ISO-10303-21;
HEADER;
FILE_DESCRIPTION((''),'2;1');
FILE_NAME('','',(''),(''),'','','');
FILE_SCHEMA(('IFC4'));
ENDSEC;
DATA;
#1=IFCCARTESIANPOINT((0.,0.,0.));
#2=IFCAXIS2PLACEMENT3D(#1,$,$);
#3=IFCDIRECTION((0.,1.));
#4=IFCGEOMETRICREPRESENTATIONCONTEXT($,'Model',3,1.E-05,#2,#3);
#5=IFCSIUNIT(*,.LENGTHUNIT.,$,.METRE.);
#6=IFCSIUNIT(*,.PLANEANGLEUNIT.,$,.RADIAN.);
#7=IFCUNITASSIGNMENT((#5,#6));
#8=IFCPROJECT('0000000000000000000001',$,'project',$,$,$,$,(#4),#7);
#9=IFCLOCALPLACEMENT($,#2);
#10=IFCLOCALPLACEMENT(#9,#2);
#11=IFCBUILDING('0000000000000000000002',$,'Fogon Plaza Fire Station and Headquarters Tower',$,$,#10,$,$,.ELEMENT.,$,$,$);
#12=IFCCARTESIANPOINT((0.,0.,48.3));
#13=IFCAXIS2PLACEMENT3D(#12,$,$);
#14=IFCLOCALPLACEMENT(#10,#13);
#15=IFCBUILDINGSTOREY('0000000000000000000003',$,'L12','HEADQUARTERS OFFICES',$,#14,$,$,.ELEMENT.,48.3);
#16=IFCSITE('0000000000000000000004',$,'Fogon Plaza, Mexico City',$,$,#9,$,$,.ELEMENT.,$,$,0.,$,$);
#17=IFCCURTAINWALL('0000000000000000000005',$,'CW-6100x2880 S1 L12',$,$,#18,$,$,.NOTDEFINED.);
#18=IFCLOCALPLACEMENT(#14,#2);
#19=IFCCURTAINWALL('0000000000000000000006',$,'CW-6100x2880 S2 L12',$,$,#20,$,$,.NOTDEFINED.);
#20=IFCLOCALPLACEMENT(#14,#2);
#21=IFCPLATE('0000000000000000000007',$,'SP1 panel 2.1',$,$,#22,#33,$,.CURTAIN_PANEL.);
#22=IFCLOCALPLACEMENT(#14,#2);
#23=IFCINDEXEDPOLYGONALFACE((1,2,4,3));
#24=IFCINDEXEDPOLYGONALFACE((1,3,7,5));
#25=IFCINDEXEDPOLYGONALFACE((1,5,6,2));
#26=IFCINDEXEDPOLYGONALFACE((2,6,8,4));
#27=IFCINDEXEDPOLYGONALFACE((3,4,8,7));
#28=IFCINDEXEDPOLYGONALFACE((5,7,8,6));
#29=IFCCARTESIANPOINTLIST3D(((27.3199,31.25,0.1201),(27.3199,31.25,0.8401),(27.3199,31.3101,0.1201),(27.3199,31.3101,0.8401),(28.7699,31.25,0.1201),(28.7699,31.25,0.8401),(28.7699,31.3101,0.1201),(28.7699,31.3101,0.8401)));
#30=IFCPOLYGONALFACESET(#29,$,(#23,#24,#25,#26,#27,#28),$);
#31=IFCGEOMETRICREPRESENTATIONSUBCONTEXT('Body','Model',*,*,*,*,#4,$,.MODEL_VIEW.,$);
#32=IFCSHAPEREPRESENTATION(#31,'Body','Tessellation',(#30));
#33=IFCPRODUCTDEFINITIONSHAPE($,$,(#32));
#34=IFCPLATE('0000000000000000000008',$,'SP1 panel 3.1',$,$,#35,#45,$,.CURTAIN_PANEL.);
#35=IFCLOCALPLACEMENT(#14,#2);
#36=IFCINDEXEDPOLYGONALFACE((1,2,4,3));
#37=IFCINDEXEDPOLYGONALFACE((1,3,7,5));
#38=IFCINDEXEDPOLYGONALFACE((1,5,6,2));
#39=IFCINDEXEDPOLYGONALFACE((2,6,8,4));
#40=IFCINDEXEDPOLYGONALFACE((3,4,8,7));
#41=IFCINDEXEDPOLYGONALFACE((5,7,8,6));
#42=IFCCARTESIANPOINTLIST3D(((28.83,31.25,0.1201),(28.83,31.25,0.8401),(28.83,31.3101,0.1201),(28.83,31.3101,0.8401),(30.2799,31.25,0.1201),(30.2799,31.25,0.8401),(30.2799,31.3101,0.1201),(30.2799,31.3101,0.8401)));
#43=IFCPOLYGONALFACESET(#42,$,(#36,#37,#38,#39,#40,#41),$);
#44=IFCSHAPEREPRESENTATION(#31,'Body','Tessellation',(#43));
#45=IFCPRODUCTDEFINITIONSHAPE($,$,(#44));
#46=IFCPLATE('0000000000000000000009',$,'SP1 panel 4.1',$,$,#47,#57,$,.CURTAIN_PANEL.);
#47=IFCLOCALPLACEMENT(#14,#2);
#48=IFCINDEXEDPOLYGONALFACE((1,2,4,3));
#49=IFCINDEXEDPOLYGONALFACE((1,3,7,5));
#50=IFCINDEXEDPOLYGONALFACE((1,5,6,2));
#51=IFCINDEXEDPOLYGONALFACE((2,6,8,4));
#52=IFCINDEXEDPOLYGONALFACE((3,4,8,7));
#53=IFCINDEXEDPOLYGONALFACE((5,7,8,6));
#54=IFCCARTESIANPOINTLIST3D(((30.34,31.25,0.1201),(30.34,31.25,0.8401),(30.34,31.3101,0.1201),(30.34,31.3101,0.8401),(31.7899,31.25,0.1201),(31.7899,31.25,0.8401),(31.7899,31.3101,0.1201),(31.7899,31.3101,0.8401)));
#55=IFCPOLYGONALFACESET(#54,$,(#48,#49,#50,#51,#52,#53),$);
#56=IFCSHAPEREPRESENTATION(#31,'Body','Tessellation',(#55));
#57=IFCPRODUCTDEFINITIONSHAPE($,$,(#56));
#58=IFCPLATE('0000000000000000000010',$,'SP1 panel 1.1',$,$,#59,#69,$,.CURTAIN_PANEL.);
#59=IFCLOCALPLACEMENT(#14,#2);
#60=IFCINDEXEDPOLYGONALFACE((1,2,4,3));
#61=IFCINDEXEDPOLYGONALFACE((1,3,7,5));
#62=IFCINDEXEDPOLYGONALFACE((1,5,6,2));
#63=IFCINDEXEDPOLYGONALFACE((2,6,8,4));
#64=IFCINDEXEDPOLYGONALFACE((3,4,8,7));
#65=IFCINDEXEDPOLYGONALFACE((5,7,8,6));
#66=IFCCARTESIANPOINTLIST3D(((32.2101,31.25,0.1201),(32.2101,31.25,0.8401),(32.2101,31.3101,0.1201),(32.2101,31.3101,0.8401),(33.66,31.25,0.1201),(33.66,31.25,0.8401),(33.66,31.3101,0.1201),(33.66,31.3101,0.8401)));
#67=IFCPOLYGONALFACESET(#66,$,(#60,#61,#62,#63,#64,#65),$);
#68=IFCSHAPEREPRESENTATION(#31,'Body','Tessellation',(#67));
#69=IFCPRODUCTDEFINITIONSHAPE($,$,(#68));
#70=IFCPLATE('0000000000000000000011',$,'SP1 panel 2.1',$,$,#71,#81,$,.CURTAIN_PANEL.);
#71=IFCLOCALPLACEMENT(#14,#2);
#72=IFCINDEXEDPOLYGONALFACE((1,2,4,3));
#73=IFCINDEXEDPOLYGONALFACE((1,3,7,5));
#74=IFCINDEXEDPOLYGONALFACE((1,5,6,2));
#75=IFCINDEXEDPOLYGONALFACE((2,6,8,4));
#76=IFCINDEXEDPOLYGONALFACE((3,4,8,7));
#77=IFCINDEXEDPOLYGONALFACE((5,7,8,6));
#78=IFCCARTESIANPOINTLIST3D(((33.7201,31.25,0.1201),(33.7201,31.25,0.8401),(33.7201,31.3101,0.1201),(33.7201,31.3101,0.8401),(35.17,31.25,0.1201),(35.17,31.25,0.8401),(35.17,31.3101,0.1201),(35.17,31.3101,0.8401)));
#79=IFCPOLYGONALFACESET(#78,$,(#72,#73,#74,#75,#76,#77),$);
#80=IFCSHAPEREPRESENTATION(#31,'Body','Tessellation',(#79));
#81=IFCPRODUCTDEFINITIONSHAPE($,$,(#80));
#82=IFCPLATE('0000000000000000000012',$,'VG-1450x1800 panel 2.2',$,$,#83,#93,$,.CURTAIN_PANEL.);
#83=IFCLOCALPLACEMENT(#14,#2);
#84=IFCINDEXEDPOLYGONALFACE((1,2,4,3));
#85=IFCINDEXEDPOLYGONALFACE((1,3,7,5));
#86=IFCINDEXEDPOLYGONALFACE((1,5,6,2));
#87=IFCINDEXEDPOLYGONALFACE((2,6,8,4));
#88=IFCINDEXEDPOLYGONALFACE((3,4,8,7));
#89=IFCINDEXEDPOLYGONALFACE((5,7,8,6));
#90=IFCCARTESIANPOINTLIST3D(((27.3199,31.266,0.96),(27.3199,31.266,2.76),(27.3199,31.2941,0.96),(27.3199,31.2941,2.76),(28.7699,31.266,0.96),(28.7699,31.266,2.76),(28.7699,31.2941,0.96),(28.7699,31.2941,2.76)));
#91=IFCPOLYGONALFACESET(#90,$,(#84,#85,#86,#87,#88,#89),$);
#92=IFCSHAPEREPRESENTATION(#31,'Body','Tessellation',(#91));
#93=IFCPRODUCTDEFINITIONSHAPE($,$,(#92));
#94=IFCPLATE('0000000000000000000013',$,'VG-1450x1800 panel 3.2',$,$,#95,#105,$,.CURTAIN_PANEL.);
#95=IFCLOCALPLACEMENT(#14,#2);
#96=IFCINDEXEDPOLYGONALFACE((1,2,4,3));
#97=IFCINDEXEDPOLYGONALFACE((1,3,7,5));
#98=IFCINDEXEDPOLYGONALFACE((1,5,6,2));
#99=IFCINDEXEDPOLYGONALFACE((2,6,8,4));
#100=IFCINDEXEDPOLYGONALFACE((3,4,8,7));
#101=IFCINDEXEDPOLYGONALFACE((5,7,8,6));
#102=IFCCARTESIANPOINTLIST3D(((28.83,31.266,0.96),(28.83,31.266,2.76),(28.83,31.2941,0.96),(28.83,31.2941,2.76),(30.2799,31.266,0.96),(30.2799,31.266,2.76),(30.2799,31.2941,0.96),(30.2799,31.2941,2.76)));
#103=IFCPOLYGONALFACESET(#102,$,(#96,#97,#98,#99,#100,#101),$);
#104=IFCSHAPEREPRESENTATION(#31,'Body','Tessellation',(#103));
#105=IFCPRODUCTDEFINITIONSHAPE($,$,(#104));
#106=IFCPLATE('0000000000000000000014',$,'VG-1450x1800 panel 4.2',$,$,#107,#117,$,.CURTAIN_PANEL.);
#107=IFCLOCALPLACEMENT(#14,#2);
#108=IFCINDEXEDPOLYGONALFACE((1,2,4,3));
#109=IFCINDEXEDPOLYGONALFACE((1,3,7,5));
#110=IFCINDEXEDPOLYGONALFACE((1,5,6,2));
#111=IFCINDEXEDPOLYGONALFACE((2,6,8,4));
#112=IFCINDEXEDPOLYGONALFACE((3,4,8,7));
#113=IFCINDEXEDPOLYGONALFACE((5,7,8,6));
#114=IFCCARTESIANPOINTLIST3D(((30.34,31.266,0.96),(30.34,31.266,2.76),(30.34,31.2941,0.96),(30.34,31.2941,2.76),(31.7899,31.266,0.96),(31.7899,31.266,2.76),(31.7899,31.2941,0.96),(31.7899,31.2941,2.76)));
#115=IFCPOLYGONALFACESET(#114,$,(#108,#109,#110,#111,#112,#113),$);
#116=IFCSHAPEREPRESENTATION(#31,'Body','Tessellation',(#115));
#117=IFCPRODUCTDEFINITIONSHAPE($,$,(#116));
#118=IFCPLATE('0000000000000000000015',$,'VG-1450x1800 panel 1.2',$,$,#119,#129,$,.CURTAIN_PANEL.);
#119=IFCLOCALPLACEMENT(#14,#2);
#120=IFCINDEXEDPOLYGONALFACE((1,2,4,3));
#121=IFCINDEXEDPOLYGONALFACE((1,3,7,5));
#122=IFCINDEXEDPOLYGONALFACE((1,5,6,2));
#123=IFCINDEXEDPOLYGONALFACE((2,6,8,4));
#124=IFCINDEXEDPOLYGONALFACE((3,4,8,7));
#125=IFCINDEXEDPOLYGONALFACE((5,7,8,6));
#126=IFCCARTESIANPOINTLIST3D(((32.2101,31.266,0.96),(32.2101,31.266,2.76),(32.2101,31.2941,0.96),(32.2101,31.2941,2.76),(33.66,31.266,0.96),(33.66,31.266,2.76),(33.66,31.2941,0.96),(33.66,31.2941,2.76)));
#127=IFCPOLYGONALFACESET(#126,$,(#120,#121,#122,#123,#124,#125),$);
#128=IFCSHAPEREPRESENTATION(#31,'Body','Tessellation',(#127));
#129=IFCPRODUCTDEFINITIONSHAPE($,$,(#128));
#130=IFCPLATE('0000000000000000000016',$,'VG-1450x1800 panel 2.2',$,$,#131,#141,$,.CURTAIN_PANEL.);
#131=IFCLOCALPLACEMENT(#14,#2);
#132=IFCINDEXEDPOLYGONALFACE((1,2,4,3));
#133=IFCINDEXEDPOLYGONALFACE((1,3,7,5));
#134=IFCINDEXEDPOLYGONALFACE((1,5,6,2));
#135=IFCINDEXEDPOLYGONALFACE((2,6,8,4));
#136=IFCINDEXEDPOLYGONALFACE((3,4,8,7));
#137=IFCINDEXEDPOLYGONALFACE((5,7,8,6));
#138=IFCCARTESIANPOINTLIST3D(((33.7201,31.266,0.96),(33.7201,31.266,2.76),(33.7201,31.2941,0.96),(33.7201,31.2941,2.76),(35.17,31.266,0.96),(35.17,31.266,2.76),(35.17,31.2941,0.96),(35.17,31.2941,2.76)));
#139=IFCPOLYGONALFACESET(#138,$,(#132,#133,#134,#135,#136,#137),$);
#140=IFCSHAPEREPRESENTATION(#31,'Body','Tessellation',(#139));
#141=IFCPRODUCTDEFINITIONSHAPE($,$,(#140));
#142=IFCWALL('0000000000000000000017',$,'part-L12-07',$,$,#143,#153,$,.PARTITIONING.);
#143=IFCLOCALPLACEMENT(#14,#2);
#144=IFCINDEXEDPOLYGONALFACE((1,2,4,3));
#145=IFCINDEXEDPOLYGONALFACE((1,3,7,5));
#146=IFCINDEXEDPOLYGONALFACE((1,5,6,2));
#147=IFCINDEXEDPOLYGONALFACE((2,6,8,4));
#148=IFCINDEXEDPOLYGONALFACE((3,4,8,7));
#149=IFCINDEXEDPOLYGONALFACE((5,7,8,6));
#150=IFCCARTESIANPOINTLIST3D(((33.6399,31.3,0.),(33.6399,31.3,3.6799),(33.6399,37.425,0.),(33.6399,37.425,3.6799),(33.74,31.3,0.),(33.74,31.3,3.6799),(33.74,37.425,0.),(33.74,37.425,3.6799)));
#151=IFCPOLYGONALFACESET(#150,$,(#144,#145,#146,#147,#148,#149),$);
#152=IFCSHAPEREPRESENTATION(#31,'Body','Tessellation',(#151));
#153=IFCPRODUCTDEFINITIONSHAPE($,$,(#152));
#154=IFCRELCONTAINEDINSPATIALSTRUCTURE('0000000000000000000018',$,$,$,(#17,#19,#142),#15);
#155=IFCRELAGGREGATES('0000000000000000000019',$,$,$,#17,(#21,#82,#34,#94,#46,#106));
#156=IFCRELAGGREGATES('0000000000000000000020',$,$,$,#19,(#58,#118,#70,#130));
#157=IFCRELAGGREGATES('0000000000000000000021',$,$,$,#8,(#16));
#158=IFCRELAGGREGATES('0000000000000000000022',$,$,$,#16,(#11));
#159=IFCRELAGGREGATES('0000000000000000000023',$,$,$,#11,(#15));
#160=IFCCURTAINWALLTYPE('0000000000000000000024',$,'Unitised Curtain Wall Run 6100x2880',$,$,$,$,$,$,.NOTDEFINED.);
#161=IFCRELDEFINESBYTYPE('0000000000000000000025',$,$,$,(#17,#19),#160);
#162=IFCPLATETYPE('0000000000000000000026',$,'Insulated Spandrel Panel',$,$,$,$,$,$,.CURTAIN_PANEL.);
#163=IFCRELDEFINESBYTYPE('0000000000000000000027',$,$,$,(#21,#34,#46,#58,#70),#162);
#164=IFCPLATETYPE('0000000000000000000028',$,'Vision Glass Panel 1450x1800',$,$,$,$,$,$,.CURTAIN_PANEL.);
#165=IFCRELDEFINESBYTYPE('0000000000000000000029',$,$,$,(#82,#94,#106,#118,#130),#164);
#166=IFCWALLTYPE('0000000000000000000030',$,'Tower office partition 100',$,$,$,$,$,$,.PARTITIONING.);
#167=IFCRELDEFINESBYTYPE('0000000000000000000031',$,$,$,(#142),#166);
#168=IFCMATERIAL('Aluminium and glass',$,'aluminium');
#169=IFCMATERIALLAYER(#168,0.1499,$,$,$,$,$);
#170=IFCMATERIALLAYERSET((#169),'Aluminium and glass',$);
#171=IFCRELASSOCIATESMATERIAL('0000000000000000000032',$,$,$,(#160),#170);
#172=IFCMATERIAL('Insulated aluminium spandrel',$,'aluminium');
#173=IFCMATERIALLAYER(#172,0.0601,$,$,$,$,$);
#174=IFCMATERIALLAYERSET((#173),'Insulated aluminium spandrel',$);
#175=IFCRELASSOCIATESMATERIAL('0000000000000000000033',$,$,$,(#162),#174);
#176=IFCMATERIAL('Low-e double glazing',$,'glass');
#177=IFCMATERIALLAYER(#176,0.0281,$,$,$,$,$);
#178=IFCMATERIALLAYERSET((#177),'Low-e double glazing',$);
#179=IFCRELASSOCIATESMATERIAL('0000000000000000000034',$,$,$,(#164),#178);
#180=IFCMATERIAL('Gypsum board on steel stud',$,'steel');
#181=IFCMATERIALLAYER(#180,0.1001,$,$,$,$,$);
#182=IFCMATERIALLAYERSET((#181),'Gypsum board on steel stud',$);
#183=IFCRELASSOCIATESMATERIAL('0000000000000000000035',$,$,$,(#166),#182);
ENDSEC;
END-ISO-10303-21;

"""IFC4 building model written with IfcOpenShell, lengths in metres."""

from ifc_helpers import new_model, si_unit, direction, frame, frame_2d, origin, origin_2d, place, context, subcontext, project, spatial, rectangle, extrude, material, layer, layer_set, type_object, element, aggregate, save


model = new_model("IFC4")

# Units and contexts
model_context = context("Model", 3, precision=1e-05, world=origin(), true_north=direction((0.0, 1.0)))
body_context = subcontext(model_context, "Body", "Model", "MODEL_VIEW")
ifc_project = project(units=[si_unit("LENGTHUNIT", "METRE"), si_unit("PLANEANGLEUNIT", "RADIAN")], contexts=[model_context])

# Site, building, storey
site_placement = place(None, origin())
site = spatial("IfcSite", under=ifc_project, at=site_placement, Name="Fogon Plaza, Mexico City", CompositionType="ELEMENT", RefElevation=0.0)
building_placement = place(site_placement, origin())
building = spatial("IfcBuilding", under=site, at=building_placement, Name="Fogon Plaza Fire Station and Headquarters Tower", CompositionType="ELEMENT")
storey_placement = place(building_placement, frame((0.0, 0.0, 48.3)))
storey = spatial("IfcBuildingStorey", under=building, at=storey_placement, Name="L12", Description="HEADQUARTERS OFFICES", CompositionType="ELEMENT", Elevation=48.3)

# Curtain walls
ifc_material_1 = material(Name="Aluminium and glass", Category="aluminium")
ifc_layer_1 = layer(ifc_material_1, 0.1499)
ifc_layer_set_1 = layer_set([ifc_layer_1], Name="Aluminium and glass")
curtain_wall_type = type_object("IfcCurtainWallType", Name="Unitised Curtain Wall Run 6100x2880", PredefinedType="NOTDEFINED", material=ifc_layer_set_1)
curtain_wall_1_placement = place(storey_placement, origin())
curtain_wall_1 = element("IfcCurtainWall", 1, at=curtain_wall_1_placement, inside=storey, type_object=curtain_wall_type, Name="CW-6100x2880 S1 L12", PredefinedType="NOTDEFINED")
curtain_wall_2_placement = place(storey_placement, origin())
curtain_wall_2 = element("IfcCurtainWall", 2, at=curtain_wall_2_placement, inside=storey, type_object=curtain_wall_type, Name="CW-6100x2880 S2 L12", PredefinedType="NOTDEFINED")

# Plates
ifc_material_2 = material(Name="Insulated aluminium spandrel", Category="aluminium")
ifc_layer_2 = layer(ifc_material_2, 0.0601)
ifc_layer_set_2 = layer_set([ifc_layer_2], Name="Insulated aluminium spandrel")
plate_type_1 = type_object("IfcPlateType", Name="Insulated Spandrel Panel", PredefinedType="CURTAIN_PANEL", material=ifc_layer_set_2)
plate_1_placement = place(storey_placement, frame((28.0449, 31.28, 0.1201), z_axis=(0.0, 0.0, 1.0), x_axis=(1.0, 0.0, 0.0)))
plate_1 = element("IfcPlate", 3, at=plate_1_placement, type_object=plate_type_1, Name="SP1 panel 2.1", PredefinedType="CURTAIN_PANEL", context=body_context, shape_type="SweptSolid", body=[
    extrude(rectangle(XDim=1.45, YDim=0.0601, at=origin_2d()), origin(), (0.0, 0.0, 1.0), 0.72),
])
plate_2_placement = place(storey_placement, frame((29.5549, 31.28, 0.1201), z_axis=(0.0, 0.0, 1.0), x_axis=(1.0, 0.0, 0.0)))
plate_2 = element("IfcPlate", 4, at=plate_2_placement, type_object=plate_type_1, Name="SP1 panel 3.1", PredefinedType="CURTAIN_PANEL", context=body_context, shape_type="SweptSolid", body=[
    extrude(rectangle(XDim=1.45, YDim=0.0601, at=origin_2d()), origin(), (0.0, 0.0, 1.0), 0.72),
])
plate_3_placement = place(storey_placement, frame((31.0649, 31.28, 0.1201), z_axis=(0.0, 0.0, 1.0), x_axis=(1.0, 0.0, 0.0)))
plate_3 = element("IfcPlate", 5, at=plate_3_placement, type_object=plate_type_1, Name="SP1 panel 4.1", PredefinedType="CURTAIN_PANEL", context=body_context, shape_type="SweptSolid", body=[
    extrude(rectangle(XDim=1.45, YDim=0.0601, at=origin_2d()), origin(), (0.0, 0.0, 1.0), 0.72),
])
plate_4_placement = place(storey_placement, frame((32.9351, 31.28, 0.1201), z_axis=(0.0, 0.0, 1.0), x_axis=(1.0, 0.0, 0.0)))
plate_4 = element("IfcPlate", 6, at=plate_4_placement, type_object=plate_type_1, Name="SP1 panel 1.1", PredefinedType="CURTAIN_PANEL", context=body_context, shape_type="SweptSolid", body=[
    extrude(rectangle(XDim=1.45, YDim=0.0601, at=origin_2d()), origin(), (0.0, 0.0, 1.0), 0.72),
])
plate_5_placement = place(storey_placement, frame((34.4451, 31.28, 0.1201), z_axis=(0.0, 0.0, 1.0), x_axis=(1.0, 0.0, 0.0)))
plate_5 = element("IfcPlate", 7, at=plate_5_placement, type_object=plate_type_1, Name="SP1 panel 2.1", PredefinedType="CURTAIN_PANEL", context=body_context, shape_type="SweptSolid", body=[
    extrude(rectangle(XDim=1.45, YDim=0.0601, at=origin_2d()), origin(), (0.0, 0.0, 1.0), 0.72),
])
ifc_material_3 = material(Name="Low-e double glazing", Category="glass")
ifc_layer_3 = layer(ifc_material_3, 0.0281)
ifc_layer_set_3 = layer_set([ifc_layer_3], Name="Low-e double glazing")
plate_type_2 = type_object("IfcPlateType", Name="Vision Glass Panel 1450x1800", PredefinedType="CURTAIN_PANEL", material=ifc_layer_set_3)
plate_6_placement = place(storey_placement, frame((28.0449, 31.28, 0.96), z_axis=(0.0, 0.0, 1.0), x_axis=(1.0, 0.0, 0.0)))
plate_6 = element("IfcPlate", 8, at=plate_6_placement, type_object=plate_type_2, Name="VG-1450x1800 panel 2.2", PredefinedType="CURTAIN_PANEL", context=body_context, shape_type="SweptSolid", body=[
    extrude(rectangle(XDim=1.45, YDim=0.0281, at=origin_2d()), origin(), (0.0, 0.0, 1.0), 1.8),
])
plate_7_placement = place(storey_placement, frame((29.5549, 31.28, 0.96), z_axis=(0.0, 0.0, 1.0), x_axis=(1.0, 0.0, 0.0)))
plate_7 = element("IfcPlate", 9, at=plate_7_placement, type_object=plate_type_2, Name="VG-1450x1800 panel 3.2", PredefinedType="CURTAIN_PANEL", context=body_context, shape_type="SweptSolid", body=[
    extrude(rectangle(XDim=1.45, YDim=0.0281, at=origin_2d()), origin(), (0.0, 0.0, 1.0), 1.8),
])
plate_8_placement = place(storey_placement, frame((31.0649, 31.28, 0.96), z_axis=(0.0, 0.0, 1.0), x_axis=(1.0, 0.0, 0.0)))
plate_8 = element("IfcPlate", 10, at=plate_8_placement, type_object=plate_type_2, Name="VG-1450x1800 panel 4.2", PredefinedType="CURTAIN_PANEL", context=body_context, shape_type="SweptSolid", body=[
    extrude(rectangle(XDim=1.45, YDim=0.0281, at=origin_2d()), origin(), (0.0, 0.0, 1.0), 1.8),
])
aggregate(curtain_wall_1, [plate_1, plate_6, plate_2, plate_7, plate_3, plate_8])
plate_9_placement = place(storey_placement, frame((32.9351, 31.28, 0.96), z_axis=(0.0, 0.0, 1.0), x_axis=(1.0, 0.0, 0.0)))
plate_9 = element("IfcPlate", 11, at=plate_9_placement, type_object=plate_type_2, Name="VG-1450x1800 panel 1.2", PredefinedType="CURTAIN_PANEL", context=body_context, shape_type="SweptSolid", body=[
    extrude(rectangle(XDim=1.45, YDim=0.0281, at=origin_2d()), origin(), (0.0, 0.0, 1.0), 1.8),
])
plate_10_placement = place(storey_placement, frame((34.4451, 31.28, 0.96), z_axis=(0.0, 0.0, 1.0), x_axis=(1.0, 0.0, 0.0)))
plate_10 = element("IfcPlate", 12, at=plate_10_placement, type_object=plate_type_2, Name="VG-1450x1800 panel 2.2", PredefinedType="CURTAIN_PANEL", context=body_context, shape_type="SweptSolid", body=[
    extrude(rectangle(XDim=1.45, YDim=0.0281, at=origin_2d()), origin(), (0.0, 0.0, 1.0), 1.8),
])
aggregate(curtain_wall_2, [plate_4, plate_9, plate_5, plate_10])

# Wall
ifc_material_4 = material(Name="Gypsum board on steel stud", Category="steel")
ifc_layer_4 = layer(ifc_material_4, 0.1001)
ifc_layer_set_4 = layer_set([ifc_layer_4], Name="Gypsum board on steel stud")
wall_type = type_object("IfcWallType", Name="Tower office partition 100", PredefinedType="PARTITIONING", material=ifc_layer_set_4)
wall_placement = place(storey_placement, frame((33.6899, 31.3, 0.0), z_axis=(0.0, 0.0, 1.0), x_axis=(0.0, 1.0, 0.0)))
element("IfcWall", 13, at=wall_placement, inside=storey, type_object=wall_type, Name="part-L12-07", PredefinedType="PARTITIONING", context=body_context, shape_type="SweptSolid", body=[
    extrude(rectangle(XDim=6.125, YDim=0.1001, at=frame_2d((3.0625, 0.0))), origin(), (0.0, 0.0, 1.0), 3.6799),
])

save(model, "model.ifc")
